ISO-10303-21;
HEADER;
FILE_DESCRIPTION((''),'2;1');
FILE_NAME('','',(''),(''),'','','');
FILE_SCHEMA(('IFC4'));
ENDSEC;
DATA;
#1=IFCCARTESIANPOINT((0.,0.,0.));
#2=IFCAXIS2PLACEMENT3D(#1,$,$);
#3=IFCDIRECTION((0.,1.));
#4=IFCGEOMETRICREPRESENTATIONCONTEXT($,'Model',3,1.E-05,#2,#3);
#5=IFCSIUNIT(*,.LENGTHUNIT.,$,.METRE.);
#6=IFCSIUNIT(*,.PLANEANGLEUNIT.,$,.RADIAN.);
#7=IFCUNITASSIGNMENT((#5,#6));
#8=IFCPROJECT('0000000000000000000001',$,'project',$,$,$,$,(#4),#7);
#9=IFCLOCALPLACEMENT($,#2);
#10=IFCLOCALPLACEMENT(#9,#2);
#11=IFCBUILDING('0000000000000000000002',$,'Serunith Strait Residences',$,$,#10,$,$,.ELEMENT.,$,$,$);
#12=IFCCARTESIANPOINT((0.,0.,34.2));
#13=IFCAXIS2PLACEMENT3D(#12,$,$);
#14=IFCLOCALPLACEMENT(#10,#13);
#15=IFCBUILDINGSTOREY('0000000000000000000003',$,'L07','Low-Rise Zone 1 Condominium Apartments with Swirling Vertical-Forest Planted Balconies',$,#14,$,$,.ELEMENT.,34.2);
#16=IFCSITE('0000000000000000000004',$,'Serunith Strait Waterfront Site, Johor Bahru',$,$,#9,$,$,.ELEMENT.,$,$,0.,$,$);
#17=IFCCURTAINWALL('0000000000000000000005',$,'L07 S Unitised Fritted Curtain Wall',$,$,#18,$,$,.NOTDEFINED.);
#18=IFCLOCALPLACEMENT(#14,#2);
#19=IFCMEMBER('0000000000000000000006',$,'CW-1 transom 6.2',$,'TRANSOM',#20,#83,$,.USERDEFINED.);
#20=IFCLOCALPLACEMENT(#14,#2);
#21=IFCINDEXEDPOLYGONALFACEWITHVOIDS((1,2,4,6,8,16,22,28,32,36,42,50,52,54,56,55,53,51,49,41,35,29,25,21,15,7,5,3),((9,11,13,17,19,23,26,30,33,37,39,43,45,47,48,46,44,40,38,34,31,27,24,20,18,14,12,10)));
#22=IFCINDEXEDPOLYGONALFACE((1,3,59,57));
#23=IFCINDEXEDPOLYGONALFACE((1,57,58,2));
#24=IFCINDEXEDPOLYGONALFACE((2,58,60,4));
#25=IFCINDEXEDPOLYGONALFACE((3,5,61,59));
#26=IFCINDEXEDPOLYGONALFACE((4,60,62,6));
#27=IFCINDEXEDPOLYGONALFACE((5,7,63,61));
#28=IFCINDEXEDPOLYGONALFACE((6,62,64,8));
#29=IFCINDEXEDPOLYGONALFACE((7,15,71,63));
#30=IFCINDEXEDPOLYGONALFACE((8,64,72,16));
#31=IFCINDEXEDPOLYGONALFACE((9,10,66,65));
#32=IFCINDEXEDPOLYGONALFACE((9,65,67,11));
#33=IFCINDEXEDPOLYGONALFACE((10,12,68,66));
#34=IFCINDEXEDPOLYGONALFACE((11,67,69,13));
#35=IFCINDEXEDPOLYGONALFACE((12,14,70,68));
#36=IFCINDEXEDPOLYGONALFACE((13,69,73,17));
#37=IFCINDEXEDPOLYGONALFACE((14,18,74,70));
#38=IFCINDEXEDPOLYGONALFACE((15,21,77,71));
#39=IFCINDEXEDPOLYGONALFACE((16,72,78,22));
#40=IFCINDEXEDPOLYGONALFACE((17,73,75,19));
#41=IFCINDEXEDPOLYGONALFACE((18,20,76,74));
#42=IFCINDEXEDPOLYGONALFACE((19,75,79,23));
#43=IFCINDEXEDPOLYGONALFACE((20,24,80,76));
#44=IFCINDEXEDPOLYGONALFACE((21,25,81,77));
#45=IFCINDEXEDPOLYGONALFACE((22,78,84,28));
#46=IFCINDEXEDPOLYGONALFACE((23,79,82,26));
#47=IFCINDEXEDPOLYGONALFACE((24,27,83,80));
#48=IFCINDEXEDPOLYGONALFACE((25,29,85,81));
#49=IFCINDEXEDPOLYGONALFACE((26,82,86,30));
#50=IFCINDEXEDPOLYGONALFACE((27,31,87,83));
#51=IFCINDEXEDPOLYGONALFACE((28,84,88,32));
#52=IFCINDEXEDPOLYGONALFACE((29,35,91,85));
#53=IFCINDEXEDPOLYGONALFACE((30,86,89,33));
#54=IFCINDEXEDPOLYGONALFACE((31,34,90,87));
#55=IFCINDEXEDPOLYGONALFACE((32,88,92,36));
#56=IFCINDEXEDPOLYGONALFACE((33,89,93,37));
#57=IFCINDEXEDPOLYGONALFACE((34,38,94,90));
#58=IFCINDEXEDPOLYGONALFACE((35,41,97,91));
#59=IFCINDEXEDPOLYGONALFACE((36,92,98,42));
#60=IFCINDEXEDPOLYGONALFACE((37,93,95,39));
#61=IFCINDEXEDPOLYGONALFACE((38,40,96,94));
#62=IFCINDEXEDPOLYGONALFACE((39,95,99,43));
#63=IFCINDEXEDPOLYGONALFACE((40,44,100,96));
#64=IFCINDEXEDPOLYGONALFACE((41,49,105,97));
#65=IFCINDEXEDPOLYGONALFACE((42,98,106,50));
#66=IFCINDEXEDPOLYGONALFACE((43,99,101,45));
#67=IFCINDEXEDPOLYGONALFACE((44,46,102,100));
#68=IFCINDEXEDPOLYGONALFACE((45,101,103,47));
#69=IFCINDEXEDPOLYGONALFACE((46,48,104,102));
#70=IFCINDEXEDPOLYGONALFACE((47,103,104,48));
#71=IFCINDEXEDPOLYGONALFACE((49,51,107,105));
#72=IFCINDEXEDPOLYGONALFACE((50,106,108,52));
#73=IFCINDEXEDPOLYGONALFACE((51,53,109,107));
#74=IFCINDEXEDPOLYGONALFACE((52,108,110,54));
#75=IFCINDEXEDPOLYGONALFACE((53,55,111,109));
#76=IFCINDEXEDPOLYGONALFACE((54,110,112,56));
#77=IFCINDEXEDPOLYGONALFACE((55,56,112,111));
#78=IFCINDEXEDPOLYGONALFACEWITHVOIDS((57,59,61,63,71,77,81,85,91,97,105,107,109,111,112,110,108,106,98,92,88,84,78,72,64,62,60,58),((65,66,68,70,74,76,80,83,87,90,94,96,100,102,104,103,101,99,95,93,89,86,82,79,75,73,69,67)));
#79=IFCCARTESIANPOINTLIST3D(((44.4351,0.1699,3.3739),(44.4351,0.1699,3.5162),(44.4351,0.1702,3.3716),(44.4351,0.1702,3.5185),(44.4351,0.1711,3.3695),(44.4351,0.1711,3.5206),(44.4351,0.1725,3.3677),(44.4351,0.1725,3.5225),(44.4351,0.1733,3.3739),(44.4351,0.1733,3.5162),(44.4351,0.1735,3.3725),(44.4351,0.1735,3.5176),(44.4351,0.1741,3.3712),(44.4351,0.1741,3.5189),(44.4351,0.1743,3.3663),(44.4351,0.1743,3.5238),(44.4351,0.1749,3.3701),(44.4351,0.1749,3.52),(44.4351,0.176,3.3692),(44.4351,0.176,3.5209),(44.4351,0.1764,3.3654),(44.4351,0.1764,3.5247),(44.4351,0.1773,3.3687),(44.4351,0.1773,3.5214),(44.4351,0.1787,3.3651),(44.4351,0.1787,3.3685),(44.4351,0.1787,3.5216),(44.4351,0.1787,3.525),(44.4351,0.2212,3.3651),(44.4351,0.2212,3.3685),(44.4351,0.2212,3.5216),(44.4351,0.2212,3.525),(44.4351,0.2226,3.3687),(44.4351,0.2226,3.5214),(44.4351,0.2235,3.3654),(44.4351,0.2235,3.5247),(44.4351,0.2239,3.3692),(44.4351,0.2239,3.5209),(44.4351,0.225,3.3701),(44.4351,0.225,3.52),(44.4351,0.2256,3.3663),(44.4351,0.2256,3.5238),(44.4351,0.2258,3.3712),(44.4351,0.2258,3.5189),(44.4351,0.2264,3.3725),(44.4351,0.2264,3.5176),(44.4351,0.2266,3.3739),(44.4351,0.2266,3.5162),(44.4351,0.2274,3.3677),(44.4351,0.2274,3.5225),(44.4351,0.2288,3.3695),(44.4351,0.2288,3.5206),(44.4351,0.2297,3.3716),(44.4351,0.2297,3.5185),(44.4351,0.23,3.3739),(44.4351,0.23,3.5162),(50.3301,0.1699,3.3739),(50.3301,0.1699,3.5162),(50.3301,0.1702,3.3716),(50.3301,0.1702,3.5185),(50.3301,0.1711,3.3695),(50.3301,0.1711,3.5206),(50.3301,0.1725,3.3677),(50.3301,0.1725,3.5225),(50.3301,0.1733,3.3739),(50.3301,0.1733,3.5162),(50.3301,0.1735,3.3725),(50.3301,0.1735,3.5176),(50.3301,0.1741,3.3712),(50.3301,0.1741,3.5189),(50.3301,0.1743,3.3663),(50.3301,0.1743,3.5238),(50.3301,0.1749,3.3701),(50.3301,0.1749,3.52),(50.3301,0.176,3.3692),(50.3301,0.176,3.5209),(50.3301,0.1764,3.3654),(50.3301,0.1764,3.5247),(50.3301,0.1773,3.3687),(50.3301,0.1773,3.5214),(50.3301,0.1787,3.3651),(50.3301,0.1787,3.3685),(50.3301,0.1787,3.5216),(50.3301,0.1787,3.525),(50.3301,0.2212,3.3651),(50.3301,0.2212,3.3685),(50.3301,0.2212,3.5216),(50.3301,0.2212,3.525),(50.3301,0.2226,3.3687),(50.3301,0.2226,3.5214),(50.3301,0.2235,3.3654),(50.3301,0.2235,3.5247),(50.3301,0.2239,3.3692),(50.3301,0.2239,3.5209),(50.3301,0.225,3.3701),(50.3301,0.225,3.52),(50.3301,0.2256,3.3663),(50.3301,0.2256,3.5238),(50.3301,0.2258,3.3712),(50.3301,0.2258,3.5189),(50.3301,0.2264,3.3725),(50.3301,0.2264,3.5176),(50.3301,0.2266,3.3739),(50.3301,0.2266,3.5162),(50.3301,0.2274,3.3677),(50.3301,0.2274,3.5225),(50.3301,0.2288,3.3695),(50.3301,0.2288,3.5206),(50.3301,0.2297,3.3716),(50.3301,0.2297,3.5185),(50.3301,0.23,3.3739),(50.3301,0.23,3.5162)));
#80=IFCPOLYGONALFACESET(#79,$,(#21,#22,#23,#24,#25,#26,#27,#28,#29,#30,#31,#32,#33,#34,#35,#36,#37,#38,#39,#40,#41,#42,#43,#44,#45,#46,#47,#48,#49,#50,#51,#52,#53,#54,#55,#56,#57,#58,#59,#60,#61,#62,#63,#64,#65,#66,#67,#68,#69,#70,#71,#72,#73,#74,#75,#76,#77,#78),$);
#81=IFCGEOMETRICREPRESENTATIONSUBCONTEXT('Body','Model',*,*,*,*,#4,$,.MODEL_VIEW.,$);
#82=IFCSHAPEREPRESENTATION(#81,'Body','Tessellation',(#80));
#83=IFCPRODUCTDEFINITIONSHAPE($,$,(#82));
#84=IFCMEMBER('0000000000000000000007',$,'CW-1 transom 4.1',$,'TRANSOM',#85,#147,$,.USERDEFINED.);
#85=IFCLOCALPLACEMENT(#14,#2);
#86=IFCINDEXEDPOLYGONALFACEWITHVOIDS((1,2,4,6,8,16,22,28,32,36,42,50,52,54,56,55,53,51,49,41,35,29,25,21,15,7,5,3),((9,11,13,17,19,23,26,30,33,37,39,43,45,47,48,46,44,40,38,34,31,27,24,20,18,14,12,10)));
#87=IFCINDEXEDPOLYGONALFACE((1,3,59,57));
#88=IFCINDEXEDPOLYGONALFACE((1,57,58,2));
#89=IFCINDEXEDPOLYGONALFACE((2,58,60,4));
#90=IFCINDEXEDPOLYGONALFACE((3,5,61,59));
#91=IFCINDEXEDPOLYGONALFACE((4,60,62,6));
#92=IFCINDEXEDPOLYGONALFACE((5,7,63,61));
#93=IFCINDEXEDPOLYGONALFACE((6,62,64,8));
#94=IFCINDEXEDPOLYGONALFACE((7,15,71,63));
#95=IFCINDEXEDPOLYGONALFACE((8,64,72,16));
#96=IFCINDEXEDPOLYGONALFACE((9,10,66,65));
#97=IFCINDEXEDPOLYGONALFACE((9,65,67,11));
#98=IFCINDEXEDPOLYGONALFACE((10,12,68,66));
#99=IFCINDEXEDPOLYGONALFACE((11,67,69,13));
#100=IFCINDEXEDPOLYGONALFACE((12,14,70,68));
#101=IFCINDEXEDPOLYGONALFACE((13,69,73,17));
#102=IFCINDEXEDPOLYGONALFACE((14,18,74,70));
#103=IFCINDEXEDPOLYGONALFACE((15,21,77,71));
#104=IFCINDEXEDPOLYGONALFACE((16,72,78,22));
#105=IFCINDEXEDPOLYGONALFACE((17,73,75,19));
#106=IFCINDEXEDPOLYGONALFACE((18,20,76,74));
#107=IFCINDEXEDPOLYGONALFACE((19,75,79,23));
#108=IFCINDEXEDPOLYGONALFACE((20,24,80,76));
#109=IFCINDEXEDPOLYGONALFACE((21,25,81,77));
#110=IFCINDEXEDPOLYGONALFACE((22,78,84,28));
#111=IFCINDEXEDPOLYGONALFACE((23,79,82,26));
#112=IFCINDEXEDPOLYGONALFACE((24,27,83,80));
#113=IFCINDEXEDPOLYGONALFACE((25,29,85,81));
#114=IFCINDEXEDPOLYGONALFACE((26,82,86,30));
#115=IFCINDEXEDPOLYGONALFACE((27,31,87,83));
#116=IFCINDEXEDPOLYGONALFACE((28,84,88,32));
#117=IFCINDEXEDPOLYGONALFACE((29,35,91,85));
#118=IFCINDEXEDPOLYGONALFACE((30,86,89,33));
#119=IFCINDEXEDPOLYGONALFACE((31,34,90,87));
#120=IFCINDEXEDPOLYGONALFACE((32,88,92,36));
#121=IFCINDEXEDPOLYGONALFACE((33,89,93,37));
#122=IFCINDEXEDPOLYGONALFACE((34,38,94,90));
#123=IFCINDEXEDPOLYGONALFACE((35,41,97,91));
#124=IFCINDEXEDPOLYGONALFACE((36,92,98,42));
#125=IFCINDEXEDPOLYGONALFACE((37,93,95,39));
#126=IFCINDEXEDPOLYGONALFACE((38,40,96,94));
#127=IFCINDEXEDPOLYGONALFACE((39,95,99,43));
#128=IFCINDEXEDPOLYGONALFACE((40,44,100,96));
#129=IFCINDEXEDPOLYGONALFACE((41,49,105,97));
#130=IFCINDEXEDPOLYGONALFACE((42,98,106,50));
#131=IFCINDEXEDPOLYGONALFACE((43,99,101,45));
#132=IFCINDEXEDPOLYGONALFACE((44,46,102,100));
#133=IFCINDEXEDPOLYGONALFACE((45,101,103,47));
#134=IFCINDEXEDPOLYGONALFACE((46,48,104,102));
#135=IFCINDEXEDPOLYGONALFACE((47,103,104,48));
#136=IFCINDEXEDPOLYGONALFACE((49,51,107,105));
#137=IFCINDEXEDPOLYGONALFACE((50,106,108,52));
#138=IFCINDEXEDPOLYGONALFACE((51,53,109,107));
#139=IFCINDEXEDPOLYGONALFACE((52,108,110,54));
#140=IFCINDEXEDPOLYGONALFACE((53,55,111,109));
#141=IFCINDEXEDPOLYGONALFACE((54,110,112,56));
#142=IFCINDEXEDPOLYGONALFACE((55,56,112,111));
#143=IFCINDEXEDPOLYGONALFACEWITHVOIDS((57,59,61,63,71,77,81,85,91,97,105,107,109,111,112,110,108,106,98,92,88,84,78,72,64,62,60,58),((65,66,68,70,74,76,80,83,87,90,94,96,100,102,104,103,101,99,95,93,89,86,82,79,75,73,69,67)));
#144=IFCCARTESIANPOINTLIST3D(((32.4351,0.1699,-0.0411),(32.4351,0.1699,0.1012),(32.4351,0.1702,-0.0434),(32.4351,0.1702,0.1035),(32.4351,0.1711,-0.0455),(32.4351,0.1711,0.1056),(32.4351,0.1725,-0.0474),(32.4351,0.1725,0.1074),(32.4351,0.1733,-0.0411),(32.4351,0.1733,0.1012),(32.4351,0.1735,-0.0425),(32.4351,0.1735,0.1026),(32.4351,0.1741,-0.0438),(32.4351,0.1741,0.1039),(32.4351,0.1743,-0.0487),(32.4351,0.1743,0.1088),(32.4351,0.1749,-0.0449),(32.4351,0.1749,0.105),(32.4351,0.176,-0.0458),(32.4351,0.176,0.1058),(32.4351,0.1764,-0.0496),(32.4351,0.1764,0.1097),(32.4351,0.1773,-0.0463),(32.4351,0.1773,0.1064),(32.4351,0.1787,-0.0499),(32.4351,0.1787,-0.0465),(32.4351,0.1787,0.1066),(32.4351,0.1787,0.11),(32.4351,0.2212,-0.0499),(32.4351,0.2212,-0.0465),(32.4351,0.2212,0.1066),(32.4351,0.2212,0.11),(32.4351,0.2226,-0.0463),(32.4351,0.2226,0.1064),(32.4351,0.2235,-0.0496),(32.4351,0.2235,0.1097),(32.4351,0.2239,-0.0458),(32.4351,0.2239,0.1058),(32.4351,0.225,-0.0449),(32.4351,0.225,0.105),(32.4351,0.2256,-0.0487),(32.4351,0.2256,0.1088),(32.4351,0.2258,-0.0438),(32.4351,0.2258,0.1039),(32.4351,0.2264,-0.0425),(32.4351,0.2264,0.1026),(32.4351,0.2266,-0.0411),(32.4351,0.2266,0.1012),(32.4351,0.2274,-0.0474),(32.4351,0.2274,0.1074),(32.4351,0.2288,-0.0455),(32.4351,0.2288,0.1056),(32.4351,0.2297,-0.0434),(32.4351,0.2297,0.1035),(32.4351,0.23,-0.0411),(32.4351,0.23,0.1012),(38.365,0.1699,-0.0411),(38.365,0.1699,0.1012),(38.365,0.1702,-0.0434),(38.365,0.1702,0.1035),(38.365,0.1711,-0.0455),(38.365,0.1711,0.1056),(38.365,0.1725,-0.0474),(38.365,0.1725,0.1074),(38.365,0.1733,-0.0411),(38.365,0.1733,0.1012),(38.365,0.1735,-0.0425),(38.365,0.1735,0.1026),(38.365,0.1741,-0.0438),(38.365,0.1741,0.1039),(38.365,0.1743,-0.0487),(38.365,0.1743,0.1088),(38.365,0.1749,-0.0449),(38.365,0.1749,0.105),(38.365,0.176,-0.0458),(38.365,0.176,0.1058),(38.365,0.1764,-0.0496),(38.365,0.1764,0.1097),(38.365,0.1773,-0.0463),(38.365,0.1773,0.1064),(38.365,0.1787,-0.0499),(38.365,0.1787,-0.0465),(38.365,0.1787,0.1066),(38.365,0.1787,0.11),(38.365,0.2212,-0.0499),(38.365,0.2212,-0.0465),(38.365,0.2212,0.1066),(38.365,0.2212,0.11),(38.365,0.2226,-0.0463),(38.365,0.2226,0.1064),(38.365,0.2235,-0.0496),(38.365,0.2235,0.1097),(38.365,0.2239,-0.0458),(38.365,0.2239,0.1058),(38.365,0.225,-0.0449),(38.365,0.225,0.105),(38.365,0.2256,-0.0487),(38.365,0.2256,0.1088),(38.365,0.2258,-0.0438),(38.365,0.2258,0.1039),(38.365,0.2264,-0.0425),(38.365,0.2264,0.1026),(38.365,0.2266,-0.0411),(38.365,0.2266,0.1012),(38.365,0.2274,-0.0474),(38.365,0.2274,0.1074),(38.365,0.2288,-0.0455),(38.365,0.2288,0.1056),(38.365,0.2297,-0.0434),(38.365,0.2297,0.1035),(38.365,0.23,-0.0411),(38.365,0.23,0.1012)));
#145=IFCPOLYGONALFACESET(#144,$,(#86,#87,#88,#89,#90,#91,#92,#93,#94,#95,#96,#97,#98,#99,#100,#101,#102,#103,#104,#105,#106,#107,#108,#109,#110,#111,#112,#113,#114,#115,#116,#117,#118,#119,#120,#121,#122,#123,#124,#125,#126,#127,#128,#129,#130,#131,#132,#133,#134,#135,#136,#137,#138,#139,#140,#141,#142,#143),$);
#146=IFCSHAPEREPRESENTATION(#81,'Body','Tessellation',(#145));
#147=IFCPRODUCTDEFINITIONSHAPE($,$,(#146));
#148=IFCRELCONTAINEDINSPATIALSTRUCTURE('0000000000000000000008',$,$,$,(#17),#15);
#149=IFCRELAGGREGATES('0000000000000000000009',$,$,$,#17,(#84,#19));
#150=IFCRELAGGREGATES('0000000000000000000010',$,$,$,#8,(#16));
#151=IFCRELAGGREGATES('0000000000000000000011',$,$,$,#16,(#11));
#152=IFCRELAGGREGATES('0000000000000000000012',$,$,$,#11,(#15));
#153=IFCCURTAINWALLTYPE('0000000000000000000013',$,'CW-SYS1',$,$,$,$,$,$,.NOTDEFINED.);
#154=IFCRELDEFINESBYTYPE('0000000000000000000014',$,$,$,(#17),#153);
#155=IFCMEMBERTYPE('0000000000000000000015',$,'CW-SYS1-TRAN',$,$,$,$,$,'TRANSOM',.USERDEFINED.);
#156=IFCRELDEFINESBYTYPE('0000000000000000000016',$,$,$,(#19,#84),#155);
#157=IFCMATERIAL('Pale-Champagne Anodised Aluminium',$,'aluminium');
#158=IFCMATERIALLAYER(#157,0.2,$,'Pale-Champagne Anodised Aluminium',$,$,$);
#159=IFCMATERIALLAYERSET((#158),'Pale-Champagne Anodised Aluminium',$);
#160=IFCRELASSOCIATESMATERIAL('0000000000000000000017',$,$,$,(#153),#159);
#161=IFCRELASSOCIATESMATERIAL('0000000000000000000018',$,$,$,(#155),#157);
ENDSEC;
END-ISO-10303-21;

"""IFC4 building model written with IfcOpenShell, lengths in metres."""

from ifc_helpers import new_model, si_unit, direction, frame, origin, origin_2d, place, context, subcontext, project, spatial, hollow_rectangle, extrude, source, transform, mapped, material, layer, layer_set, material_profile, profile_set, type_object, element, aggregate, save


model = new_model("IFC4")

# Units and contexts
model_context = context("Model", 3, precision=1e-05, world=origin(), true_north=direction((0.0, 1.0)))
body_context = subcontext(model_context, "Body", "Model", "MODEL_VIEW")
ifc_project = project(units=[si_unit("LENGTHUNIT", "METRE"), si_unit("PLANEANGLEUNIT", "RADIAN")], contexts=[model_context])

# Site, building, storey
site_placement = place(None, origin())
site = spatial("IfcSite", under=ifc_project, at=site_placement, Name="Serunith Strait Waterfront Site, Johor Bahru", CompositionType="ELEMENT", RefElevation=0.0)
building_placement = place(site_placement, origin())
building = spatial("IfcBuilding", under=site, at=building_placement, Name="Serunith Strait Residences", CompositionType="ELEMENT")
storey_placement = place(building_placement, frame((0.0, 0.0, 34.2)))
storey = spatial("IfcBuildingStorey", under=building, at=storey_placement, Name="L07", Description="Low-Rise Zone 1 Condominium Apartments with Swirling Vertical-Forest Planted Balconies", CompositionType="ELEMENT", Elevation=34.2)

# Curtain wall, members
ifc_material_1 = material(Name="Pale-Champagne Anodised Aluminium", Category="aluminium")
ifc_layer_1 = layer(ifc_material_1, 0.2, Name="Pale-Champagne Anodised Aluminium")
ifc_layer_set_1 = layer_set([ifc_layer_1], Name="Pale-Champagne Anodised Aluminium")
curtain_wall_type = type_object("IfcCurtainWallType", Name="CW-SYS1", PredefinedType="NOTDEFINED", material=ifc_layer_set_1)
curtain_wall_placement = place(storey_placement, origin())
curtain_wall = element("IfcCurtainWall", 1, at=curtain_wall_placement, inside=storey, type_object=curtain_wall_type, Name="L07 S Unitised Fritted Curtain Wall", PredefinedType="NOTDEFINED")
ifc_material_profile_1 = material_profile(ifc_material_1, hollow_rectangle(XDim=0.0601, YDim=0.1599, WallThickness=0.0034, InnerFilletRadius=0.0054, OuterFilletRadius=0.0088, at=origin_2d()), Name="ALU 160x60x3.5")
ifc_profile_set_1 = profile_set([ifc_material_profile_1], Name="Pale-Champagne Anodised Aluminium")
member_type_1 = type_object("IfcMemberType", Name="CW-SYS1-TRAN", ElementType="TRANSOM", PredefinedType="USERDEFINED", material=ifc_profile_set_1)
shared_shape_1 = source(origin(), body_context, "Body", "SweptSolid", [
    extrude(hollow_rectangle(XDim=0.0601, YDim=0.1599, WallThickness=0.0034, InnerFilletRadius=0.0054, OuterFilletRadius=0.0088, at=origin_2d()), origin(), (0.0, 0.0, 1.0), 5.895),
])
member_1_placement = place(storey_placement, frame((44.4351, 0.2, 3.4451), z_axis=(1.0, 0.0, 0.0), x_axis=(0.0, 1.0, 0.0)))
member_1 = element("IfcMember", 2, at=member_1_placement, type_object=member_type_1, Name="CW-1 transom 6.2", ObjectType="TRANSOM", PredefinedType="USERDEFINED", context=body_context, shape_type="MappedRepresentation", body=[
    mapped(shared_shape_1, transform((0.0, 0.0, 0.0), scale=1.0)),
])
shared_shape_2 = source(origin(), body_context, "Body", "SweptSolid", [
    extrude(hollow_rectangle(XDim=0.0601, YDim=0.1599, WallThickness=0.0034, InnerFilletRadius=0.0054, OuterFilletRadius=0.0088, at=origin_2d()), origin(), (0.0, 0.0, 1.0), 5.9299),
])
member_2_placement = place(storey_placement, frame((32.4351, 0.2, 0.03), z_axis=(1.0, 0.0, 0.0), x_axis=(0.0, 1.0, 0.0)))
member_2 = element("IfcMember", 3, at=member_2_placement, type_object=member_type_1, Name="CW-1 transom 4.1", ObjectType="TRANSOM", PredefinedType="USERDEFINED", context=body_context, shape_type="MappedRepresentation", body=[
    mapped(shared_shape_2, transform((0.0, 0.0, 0.0), scale=1.0)),
])
aggregate(curtain_wall, [member_2, member_1])

save(model, "model.ifc")
